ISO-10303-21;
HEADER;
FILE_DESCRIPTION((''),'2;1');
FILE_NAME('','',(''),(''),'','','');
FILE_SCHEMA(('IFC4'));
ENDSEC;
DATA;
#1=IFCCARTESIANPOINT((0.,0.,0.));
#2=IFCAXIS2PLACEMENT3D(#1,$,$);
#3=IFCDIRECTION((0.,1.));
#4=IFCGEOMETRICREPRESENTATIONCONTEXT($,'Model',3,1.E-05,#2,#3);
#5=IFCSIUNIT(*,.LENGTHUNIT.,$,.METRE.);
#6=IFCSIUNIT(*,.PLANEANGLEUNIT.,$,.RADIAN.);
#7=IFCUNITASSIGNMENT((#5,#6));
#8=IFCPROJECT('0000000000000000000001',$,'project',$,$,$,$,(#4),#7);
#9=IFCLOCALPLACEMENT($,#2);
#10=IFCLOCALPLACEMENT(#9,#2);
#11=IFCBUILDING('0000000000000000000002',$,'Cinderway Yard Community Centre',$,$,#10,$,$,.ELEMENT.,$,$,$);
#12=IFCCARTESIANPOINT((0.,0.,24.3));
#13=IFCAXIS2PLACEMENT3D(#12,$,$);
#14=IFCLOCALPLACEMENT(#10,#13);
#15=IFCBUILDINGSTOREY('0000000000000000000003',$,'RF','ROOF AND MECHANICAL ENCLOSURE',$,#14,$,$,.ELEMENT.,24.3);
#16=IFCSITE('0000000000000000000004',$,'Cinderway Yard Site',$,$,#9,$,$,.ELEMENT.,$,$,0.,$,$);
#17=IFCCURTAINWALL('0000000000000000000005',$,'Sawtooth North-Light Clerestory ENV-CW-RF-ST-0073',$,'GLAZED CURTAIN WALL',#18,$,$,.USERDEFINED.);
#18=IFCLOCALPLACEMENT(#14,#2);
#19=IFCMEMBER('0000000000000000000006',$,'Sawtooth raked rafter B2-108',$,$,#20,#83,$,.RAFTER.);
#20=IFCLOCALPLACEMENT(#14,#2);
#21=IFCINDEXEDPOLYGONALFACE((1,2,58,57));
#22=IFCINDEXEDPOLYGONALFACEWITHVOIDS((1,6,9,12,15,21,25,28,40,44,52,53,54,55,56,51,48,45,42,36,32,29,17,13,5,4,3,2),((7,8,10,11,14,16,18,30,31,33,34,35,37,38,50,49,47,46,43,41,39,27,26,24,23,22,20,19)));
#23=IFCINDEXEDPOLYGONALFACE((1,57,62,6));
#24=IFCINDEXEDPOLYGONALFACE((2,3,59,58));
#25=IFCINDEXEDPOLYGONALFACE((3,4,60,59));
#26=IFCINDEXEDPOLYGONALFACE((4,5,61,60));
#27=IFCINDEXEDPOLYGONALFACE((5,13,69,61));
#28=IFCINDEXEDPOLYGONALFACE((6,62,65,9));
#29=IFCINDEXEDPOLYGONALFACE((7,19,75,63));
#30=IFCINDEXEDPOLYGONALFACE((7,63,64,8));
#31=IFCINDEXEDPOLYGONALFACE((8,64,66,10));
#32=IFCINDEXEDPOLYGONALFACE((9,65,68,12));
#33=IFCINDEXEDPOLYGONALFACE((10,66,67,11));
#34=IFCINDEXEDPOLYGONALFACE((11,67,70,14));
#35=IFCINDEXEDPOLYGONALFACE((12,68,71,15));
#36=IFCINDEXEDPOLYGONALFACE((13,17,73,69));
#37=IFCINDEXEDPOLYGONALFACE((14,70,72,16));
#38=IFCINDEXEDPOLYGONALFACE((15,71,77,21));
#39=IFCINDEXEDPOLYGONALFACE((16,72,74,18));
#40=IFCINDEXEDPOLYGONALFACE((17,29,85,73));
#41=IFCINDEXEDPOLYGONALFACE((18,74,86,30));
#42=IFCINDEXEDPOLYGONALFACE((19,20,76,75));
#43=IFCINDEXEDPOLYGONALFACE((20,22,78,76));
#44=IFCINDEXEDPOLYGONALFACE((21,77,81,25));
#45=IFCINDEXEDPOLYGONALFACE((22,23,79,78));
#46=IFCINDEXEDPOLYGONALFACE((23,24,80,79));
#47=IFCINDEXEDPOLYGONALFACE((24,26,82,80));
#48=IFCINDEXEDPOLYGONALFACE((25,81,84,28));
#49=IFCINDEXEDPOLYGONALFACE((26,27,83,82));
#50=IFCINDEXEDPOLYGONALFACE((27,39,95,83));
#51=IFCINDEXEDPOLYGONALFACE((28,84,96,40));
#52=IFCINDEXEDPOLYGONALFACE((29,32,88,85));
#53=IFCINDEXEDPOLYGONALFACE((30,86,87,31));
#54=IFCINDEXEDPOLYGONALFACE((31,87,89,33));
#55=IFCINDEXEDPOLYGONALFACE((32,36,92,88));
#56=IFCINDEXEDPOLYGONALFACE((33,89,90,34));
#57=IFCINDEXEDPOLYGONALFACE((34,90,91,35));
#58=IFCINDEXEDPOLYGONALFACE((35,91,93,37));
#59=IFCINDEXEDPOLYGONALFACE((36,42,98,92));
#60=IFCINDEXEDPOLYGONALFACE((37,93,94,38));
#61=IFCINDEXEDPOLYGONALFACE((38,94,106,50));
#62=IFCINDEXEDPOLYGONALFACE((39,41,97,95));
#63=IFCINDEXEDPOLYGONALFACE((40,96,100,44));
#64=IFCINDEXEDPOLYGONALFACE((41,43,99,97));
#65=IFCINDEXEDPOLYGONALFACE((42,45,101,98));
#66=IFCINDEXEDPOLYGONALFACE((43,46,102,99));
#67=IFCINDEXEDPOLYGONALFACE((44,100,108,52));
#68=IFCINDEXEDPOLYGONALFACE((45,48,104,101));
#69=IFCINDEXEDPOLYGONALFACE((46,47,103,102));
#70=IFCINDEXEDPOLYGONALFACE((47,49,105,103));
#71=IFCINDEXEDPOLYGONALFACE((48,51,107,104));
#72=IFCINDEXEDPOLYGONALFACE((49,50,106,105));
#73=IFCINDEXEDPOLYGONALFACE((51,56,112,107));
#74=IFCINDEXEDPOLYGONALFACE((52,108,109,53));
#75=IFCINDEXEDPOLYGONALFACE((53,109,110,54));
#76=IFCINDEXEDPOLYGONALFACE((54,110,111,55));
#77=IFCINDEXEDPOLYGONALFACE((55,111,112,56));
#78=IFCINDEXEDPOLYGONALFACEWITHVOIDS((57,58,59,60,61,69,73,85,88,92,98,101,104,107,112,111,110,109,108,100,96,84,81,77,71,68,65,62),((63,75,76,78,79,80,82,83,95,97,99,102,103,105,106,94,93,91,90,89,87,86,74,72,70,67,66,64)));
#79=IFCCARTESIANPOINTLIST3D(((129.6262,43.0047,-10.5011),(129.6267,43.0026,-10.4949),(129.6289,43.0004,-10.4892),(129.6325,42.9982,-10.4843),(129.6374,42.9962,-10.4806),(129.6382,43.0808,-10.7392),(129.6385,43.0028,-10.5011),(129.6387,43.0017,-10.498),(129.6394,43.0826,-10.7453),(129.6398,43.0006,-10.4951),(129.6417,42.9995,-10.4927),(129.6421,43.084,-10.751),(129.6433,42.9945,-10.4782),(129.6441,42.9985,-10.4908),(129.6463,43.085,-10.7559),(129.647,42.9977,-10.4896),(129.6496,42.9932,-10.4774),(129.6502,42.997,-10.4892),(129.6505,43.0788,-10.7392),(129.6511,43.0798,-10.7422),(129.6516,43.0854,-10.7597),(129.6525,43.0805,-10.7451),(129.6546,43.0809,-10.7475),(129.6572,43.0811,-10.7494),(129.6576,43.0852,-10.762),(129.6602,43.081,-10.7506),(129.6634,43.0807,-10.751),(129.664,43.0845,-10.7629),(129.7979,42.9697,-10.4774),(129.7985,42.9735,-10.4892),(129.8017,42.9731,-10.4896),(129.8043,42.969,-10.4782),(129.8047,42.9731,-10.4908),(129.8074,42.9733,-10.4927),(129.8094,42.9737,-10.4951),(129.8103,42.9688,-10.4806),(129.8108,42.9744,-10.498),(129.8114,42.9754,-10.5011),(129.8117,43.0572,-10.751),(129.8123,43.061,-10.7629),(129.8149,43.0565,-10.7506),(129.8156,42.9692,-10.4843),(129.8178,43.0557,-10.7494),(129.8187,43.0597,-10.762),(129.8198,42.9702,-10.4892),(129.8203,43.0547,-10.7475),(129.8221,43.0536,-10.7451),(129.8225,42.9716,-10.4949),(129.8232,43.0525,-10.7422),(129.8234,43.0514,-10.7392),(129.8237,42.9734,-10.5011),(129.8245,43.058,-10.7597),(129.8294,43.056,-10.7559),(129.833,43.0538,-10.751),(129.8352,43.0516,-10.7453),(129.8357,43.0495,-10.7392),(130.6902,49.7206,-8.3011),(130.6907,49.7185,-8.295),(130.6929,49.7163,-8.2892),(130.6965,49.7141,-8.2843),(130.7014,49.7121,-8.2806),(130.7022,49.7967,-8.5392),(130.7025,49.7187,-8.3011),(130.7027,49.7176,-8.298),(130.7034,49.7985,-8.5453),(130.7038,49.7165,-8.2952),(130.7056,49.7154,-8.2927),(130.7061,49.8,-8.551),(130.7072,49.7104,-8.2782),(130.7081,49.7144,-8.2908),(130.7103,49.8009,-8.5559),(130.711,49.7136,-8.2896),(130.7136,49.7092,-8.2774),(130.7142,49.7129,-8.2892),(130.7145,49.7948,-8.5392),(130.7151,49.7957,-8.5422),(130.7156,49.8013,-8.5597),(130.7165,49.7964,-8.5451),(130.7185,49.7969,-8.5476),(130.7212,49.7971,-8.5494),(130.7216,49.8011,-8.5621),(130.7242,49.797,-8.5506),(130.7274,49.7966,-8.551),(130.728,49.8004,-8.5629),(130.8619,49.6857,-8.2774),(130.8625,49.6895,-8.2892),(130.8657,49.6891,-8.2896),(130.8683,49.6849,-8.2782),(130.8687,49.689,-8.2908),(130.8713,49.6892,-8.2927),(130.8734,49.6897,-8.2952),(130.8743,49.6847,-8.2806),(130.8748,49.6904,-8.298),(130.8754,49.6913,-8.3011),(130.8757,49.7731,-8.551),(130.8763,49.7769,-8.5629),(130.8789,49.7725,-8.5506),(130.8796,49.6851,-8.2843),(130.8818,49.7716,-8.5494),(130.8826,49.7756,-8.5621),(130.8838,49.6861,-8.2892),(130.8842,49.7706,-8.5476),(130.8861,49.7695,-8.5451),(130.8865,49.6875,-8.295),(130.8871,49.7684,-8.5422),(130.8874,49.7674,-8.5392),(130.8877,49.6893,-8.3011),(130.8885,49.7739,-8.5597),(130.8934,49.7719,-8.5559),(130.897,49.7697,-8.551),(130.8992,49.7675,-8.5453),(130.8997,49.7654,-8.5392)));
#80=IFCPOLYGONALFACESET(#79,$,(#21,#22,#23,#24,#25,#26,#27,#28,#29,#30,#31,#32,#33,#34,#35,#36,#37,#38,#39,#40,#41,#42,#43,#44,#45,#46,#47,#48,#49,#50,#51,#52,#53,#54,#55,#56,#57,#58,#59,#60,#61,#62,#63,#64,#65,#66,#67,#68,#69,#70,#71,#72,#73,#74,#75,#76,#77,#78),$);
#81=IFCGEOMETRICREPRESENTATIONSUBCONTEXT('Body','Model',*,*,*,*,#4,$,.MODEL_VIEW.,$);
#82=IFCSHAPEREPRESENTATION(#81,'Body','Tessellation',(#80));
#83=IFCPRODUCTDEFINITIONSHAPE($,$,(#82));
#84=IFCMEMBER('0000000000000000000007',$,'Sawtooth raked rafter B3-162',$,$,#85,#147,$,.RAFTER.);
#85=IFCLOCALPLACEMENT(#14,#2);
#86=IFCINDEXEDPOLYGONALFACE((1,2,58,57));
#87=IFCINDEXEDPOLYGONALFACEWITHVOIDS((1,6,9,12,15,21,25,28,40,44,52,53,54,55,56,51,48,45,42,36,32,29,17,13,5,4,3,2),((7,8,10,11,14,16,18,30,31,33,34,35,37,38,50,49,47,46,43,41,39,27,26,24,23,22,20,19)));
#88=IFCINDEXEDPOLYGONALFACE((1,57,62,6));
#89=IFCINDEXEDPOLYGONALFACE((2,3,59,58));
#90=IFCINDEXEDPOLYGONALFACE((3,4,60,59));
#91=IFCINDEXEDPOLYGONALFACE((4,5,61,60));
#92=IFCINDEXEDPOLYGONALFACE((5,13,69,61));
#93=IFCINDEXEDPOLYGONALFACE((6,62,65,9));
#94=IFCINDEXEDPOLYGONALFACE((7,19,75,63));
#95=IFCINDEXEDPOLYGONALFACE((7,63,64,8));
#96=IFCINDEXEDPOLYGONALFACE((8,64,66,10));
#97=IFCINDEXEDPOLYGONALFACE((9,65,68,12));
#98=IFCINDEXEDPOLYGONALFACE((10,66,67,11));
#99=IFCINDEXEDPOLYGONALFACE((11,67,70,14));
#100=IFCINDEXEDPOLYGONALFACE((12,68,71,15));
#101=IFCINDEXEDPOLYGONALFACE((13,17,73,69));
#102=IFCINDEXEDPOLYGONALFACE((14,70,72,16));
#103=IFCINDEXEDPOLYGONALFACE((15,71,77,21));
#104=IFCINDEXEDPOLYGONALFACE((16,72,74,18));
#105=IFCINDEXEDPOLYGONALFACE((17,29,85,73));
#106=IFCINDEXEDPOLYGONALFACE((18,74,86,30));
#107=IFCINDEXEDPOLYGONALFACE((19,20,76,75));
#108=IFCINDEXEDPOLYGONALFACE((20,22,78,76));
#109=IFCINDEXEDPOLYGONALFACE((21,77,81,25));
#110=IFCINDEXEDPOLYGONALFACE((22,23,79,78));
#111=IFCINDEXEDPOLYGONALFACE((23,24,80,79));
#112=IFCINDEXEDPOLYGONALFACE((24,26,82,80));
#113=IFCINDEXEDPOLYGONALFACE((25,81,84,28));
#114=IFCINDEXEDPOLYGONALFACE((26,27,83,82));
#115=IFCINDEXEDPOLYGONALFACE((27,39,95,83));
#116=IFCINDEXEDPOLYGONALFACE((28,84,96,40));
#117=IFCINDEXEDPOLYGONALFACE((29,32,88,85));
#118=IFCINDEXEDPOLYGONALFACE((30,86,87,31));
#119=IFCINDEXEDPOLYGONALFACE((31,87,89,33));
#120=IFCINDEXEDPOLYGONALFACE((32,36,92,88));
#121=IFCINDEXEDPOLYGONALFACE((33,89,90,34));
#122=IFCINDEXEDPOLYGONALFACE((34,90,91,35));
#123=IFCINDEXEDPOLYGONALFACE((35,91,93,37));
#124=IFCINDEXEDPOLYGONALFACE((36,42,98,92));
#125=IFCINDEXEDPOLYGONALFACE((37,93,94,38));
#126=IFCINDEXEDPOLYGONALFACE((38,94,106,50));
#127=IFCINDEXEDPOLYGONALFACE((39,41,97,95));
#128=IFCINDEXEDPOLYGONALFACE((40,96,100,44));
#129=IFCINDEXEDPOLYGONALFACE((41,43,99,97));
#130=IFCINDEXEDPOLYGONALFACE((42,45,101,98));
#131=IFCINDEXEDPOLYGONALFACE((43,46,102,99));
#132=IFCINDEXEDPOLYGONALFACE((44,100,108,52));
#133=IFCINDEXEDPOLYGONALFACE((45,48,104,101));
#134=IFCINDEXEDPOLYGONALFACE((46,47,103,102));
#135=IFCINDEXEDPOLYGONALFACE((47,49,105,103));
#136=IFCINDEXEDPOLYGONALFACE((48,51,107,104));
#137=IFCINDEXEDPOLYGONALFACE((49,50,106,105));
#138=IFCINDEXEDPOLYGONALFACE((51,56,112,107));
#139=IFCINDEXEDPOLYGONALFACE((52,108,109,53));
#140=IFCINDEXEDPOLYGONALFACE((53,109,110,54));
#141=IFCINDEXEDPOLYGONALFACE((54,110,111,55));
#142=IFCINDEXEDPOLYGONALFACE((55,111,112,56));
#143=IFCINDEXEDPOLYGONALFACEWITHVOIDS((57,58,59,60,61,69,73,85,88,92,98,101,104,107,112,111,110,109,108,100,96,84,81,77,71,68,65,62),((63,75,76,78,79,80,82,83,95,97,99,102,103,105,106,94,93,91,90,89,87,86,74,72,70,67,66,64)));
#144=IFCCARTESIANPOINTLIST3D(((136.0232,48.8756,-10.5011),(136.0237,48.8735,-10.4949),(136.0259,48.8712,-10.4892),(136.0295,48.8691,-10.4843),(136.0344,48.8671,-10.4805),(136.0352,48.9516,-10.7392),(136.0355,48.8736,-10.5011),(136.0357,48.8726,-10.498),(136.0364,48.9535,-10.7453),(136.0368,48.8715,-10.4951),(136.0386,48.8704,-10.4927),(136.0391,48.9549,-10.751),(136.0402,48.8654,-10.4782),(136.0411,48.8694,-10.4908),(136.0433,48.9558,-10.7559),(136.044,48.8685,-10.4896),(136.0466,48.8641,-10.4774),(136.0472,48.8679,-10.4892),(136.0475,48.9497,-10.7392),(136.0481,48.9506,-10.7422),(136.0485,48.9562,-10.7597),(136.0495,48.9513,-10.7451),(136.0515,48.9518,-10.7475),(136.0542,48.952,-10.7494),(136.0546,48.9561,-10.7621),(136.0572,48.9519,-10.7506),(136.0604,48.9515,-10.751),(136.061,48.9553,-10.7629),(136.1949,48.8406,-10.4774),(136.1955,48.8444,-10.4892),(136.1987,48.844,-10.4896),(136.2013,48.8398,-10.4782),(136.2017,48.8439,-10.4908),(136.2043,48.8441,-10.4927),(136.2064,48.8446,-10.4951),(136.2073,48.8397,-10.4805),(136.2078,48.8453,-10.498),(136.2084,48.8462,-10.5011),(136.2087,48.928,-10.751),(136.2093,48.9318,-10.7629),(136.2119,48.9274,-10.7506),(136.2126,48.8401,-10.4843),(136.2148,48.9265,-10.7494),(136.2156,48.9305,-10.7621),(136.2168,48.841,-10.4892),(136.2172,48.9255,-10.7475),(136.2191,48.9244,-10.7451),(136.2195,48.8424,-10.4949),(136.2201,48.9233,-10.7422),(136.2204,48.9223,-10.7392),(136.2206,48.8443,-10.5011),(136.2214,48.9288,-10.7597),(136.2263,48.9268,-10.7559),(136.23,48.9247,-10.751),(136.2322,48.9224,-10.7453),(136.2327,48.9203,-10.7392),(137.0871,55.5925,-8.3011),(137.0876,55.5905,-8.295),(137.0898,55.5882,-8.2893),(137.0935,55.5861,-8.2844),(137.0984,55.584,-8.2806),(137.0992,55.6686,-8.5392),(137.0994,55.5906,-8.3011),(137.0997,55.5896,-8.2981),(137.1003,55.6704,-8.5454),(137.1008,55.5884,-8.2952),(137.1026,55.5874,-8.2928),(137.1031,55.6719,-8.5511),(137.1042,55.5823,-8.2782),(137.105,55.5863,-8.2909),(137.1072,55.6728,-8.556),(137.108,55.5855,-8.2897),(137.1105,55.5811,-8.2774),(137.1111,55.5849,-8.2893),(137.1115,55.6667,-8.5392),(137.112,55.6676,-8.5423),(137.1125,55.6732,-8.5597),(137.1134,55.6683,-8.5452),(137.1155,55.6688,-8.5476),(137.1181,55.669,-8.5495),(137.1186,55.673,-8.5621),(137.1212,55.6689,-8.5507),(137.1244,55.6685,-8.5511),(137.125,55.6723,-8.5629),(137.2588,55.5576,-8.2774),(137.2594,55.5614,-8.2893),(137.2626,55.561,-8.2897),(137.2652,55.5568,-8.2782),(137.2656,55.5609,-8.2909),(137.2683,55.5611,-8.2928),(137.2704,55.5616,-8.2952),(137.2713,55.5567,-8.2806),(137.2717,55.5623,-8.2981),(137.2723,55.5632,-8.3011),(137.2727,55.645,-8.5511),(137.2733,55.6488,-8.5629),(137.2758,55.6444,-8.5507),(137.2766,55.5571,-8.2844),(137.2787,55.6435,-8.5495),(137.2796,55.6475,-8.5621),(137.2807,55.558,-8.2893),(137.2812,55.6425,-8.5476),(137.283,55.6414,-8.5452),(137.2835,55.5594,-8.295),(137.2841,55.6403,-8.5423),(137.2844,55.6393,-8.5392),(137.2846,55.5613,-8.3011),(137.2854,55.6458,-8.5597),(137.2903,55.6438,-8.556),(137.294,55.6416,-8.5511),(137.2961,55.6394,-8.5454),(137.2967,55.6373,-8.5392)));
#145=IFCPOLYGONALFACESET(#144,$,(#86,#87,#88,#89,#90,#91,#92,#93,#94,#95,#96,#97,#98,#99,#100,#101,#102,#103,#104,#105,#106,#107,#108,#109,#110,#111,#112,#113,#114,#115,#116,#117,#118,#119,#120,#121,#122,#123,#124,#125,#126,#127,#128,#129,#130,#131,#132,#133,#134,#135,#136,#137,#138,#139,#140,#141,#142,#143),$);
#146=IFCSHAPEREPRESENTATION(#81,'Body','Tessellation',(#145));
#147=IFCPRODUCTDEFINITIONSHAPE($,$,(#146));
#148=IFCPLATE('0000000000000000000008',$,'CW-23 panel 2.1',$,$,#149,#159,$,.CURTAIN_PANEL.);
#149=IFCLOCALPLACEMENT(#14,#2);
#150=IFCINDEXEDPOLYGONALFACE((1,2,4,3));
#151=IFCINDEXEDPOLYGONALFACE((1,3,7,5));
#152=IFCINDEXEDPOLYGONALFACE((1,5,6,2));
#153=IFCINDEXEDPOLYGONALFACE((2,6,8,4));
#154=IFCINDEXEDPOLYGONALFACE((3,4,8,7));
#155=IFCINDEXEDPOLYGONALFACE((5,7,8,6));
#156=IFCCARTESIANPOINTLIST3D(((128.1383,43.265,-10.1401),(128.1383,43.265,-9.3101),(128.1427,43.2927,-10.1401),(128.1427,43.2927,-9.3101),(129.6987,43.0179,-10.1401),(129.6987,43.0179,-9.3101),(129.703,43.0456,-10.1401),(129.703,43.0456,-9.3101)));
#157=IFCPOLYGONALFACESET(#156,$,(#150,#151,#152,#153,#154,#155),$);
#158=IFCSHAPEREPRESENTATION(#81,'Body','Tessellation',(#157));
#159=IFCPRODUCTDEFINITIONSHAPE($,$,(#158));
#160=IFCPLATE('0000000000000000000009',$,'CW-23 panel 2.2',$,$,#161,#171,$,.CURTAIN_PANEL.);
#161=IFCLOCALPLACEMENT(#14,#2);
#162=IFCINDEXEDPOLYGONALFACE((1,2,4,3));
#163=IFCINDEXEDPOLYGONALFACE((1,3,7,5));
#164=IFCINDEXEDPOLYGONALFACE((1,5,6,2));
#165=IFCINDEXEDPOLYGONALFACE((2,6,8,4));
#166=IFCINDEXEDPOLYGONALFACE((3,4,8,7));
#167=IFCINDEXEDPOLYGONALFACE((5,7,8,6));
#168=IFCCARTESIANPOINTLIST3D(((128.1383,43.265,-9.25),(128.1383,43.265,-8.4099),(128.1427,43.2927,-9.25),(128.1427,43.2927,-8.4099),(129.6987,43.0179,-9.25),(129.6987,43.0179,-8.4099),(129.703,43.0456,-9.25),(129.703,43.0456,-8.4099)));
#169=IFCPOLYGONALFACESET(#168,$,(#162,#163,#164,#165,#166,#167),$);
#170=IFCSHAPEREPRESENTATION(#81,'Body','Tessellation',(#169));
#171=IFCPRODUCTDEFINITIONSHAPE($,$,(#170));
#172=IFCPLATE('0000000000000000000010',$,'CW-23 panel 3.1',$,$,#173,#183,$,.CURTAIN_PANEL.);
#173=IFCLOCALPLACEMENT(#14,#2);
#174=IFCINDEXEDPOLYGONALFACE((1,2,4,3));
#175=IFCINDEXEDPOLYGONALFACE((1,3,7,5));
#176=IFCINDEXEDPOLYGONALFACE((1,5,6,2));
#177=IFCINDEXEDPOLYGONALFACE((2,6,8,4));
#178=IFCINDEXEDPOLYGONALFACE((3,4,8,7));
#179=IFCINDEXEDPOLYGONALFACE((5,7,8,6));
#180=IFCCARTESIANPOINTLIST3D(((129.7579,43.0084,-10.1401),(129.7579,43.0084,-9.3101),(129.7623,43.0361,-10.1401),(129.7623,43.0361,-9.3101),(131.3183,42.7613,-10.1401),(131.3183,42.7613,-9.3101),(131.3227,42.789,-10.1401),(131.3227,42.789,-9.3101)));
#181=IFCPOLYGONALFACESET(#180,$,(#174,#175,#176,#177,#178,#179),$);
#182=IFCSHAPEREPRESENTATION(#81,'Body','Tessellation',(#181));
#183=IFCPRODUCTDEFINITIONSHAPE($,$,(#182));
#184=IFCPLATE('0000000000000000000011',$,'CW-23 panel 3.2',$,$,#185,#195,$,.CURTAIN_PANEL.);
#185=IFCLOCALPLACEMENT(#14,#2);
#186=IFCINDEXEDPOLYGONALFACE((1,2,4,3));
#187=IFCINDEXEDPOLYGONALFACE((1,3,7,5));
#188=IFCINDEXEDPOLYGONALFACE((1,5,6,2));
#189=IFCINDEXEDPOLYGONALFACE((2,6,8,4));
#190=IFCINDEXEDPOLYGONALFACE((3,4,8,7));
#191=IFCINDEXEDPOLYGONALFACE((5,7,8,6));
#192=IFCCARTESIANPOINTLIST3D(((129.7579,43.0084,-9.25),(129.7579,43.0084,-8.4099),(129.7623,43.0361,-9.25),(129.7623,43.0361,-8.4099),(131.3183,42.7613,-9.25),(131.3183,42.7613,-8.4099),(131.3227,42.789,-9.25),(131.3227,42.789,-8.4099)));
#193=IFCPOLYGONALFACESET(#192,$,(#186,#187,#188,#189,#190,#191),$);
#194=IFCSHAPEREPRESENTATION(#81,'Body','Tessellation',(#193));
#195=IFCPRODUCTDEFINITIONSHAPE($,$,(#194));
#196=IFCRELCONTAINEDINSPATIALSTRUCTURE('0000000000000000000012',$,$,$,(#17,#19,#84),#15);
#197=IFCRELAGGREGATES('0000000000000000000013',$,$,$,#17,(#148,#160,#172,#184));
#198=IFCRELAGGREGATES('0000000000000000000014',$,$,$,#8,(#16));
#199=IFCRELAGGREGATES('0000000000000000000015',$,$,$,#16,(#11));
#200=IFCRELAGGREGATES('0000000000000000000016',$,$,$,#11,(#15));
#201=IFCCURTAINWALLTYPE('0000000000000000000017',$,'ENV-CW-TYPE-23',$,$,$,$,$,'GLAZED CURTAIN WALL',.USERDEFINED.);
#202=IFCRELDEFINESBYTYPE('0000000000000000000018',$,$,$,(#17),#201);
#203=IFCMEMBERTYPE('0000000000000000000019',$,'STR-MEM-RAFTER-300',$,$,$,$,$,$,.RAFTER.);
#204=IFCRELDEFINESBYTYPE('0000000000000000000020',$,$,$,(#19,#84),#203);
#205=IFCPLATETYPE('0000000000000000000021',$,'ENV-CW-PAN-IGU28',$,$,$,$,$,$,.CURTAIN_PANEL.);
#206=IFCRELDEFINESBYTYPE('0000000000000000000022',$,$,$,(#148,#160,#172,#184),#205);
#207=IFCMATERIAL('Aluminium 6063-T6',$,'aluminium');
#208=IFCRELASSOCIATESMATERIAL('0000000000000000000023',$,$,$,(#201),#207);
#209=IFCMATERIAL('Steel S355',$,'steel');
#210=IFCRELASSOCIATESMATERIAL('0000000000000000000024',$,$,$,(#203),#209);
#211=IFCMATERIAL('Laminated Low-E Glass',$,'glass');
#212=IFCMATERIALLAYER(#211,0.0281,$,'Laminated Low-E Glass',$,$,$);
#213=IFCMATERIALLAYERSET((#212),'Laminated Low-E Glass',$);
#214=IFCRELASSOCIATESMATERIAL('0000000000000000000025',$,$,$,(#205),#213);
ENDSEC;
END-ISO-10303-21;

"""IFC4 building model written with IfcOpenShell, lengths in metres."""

from ifc_helpers import new_model, si_unit, direction, frame, origin, origin_2d, place, context, subcontext, project, spatial, rectangle, hollow_rectangle, extrude, material, layer, layer_set, material_profile, profile_set, type_object, element, aggregate, save


model = new_model("IFC4")

# Units and contexts
model_context = context("Model", 3, precision=1e-05, world=origin(), true_north=direction((0.0, 1.0)))
body_context = subcontext(model_context, "Body", "Model", "MODEL_VIEW")
ifc_project = project(units=[si_unit("LENGTHUNIT", "METRE"), si_unit("PLANEANGLEUNIT", "RADIAN")], contexts=[model_context])

# Site, building, storey
site_placement = place(None, origin())
site = spatial("IfcSite", under=ifc_project, at=site_placement, Name="Cinderway Yard Site", CompositionType="ELEMENT", RefElevation=0.0)
building_placement = place(site_placement, origin())
building = spatial("IfcBuilding", under=site, at=building_placement, Name="Cinderway Yard Community Centre", CompositionType="ELEMENT")
storey_placement = place(building_placement, frame((0.0, 0.0, 24.3)))
storey = spatial("IfcBuildingStorey", under=building, at=storey_placement, Name="RF", Description="ROOF AND MECHANICAL ENCLOSURE", CompositionType="ELEMENT", Elevation=24.3)

# Curtain wall
ifc_material_1 = material(Name="Aluminium 6063-T6", Category="aluminium")
curtain_wall_type = type_object("IfcCurtainWallType", Name="ENV-CW-TYPE-23", ElementType="GLAZED CURTAIN WALL", PredefinedType="USERDEFINED", material=ifc_material_1)
curtain_wall_1_placement = place(storey_placement, origin())
curtain_wall_1 = element("IfcCurtainWall", 1, at=curtain_wall_1_placement, inside=storey, type_object=curtain_wall_type, Name="Sawtooth North-Light Clerestory ENV-CW-RF-ST-0073", ObjectType="GLAZED CURTAIN WALL", PredefinedType="USERDEFINED")

# Members
ifc_material_2 = material(Name="Steel S355", Category="steel")
ifc_material_profile_1 = material_profile(ifc_material_2, hollow_rectangle(XDim=0.2, YDim=0.3, WallThickness=0.0125, InnerFilletRadius=0.0125, OuterFilletRadius=0.0249, at=origin_2d()), Name="Steel S355")
ifc_profile_set_1 = profile_set([ifc_material_profile_1], Name="Steel S355")
member_type_1 = type_object("IfcMemberType", Name="STR-MEM-RAFTER-300", PredefinedType="RAFTER", material=ifc_profile_set_1)
member_1_placement = place(storey_placement, frame((129.731, 43.0271, -10.6201), z_axis=(0.148877, 0.939721, 0.307831), x_axis=(-0.987682, 0.156475, 0.0)))
element("IfcMember", 2, at=member_1_placement, inside=storey, type_object=member_type_1, Name="Sawtooth raked rafter B2-108", PredefinedType="RAFTER", context=body_context, shape_type="SweptSolid", body=[
    extrude(hollow_rectangle(XDim=0.2, YDim=0.3, WallThickness=0.0125, InnerFilletRadius=0.0125, OuterFilletRadius=0.0249, at=origin_2d()), origin(), (0.0, 0.0, 1.0), 7.1467),
])
member_2_placement = place(storey_placement, frame((136.1279, 48.8979, -10.6201), z_axis=(0.148853, 0.939741, 0.307782), x_axis=(-0.987686, 0.156447, 0.0)))
element("IfcMember", 3, at=member_2_placement, inside=storey, type_object=member_type_1, Name="Sawtooth raked rafter B3-162", PredefinedType="RAFTER", context=body_context, shape_type="SweptSolid", body=[
    extrude(hollow_rectangle(XDim=0.2, YDim=0.3, WallThickness=0.0125, InnerFilletRadius=0.0125, OuterFilletRadius=0.0249, at=origin_2d()), origin(), (0.0, 0.0, 1.0), 7.1477),
])

# Plates
ifc_material_3 = material(Name="Laminated Low-E Glass", Category="glass")
ifc_layer_1 = layer(ifc_material_3, 0.0281, Name="Laminated Low-E Glass")
ifc_layer_set_1 = layer_set([ifc_layer_1], Name="Laminated Low-E Glass")
plate_type_1 = type_object("IfcPlateType", Name="ENV-CW-PAN-IGU28", PredefinedType="CURTAIN_PANEL", material=ifc_layer_set_1)
plate_1_placement = place(storey_placement, frame((128.9207, 43.1553, -10.1401), z_axis=(0.0, 0.0, 1.0), x_axis=(0.987692, -0.156409, 0.0)))
plate_1 = element("IfcPlate", 4, at=plate_1_placement, type_object=plate_type_1, Name="CW-23 panel 2.1", PredefinedType="CURTAIN_PANEL", context=body_context, shape_type="SweptSolid", body=[
    extrude(rectangle(XDim=1.5798, YDim=0.0281, at=origin_2d()), origin(), (0.0, 0.0, 1.0), 0.8301),
])
plate_2_placement = place(storey_placement, frame((128.9207, 43.1553, -9.25), z_axis=(0.0, 0.0, 1.0), x_axis=(0.987692, -0.156409, 0.0)))
plate_2 = element("IfcPlate", 5, at=plate_2_placement, type_object=plate_type_1, Name="CW-23 panel 2.2", PredefinedType="CURTAIN_PANEL", context=body_context, shape_type="SweptSolid", body=[
    extrude(rectangle(XDim=1.5798, YDim=0.0281, at=origin_2d()), origin(), (0.0, 0.0, 1.0), 0.8401),
])
plate_3_placement = place(storey_placement, frame((130.5403, 42.8987, -10.1401), z_axis=(0.0, 0.0, 1.0), x_axis=(0.987692, -0.156409, 0.0)))
plate_3 = element("IfcPlate", 6, at=plate_3_placement, type_object=plate_type_1, Name="CW-23 panel 3.1", PredefinedType="CURTAIN_PANEL", context=body_context, shape_type="SweptSolid", body=[
    extrude(rectangle(XDim=1.5798, YDim=0.0281, at=origin_2d()), origin(), (0.0, 0.0, 1.0), 0.8301),
])
plate_4_placement = place(storey_placement, frame((130.5403, 42.8987, -9.25), z_axis=(0.0, 0.0, 1.0), x_axis=(0.987692, -0.156409, 0.0)))
plate_4 = element("IfcPlate", 7, at=plate_4_placement, type_object=plate_type_1, Name="CW-23 panel 3.2", PredefinedType="CURTAIN_PANEL", context=body_context, shape_type="SweptSolid", body=[
    extrude(rectangle(XDim=1.5798, YDim=0.0281, at=origin_2d()), origin(), (0.0, 0.0, 1.0), 0.8401),
])
aggregate(curtain_wall_1, [plate_1, plate_2, plate_3, plate_4])

save(model, "model.ifc")
